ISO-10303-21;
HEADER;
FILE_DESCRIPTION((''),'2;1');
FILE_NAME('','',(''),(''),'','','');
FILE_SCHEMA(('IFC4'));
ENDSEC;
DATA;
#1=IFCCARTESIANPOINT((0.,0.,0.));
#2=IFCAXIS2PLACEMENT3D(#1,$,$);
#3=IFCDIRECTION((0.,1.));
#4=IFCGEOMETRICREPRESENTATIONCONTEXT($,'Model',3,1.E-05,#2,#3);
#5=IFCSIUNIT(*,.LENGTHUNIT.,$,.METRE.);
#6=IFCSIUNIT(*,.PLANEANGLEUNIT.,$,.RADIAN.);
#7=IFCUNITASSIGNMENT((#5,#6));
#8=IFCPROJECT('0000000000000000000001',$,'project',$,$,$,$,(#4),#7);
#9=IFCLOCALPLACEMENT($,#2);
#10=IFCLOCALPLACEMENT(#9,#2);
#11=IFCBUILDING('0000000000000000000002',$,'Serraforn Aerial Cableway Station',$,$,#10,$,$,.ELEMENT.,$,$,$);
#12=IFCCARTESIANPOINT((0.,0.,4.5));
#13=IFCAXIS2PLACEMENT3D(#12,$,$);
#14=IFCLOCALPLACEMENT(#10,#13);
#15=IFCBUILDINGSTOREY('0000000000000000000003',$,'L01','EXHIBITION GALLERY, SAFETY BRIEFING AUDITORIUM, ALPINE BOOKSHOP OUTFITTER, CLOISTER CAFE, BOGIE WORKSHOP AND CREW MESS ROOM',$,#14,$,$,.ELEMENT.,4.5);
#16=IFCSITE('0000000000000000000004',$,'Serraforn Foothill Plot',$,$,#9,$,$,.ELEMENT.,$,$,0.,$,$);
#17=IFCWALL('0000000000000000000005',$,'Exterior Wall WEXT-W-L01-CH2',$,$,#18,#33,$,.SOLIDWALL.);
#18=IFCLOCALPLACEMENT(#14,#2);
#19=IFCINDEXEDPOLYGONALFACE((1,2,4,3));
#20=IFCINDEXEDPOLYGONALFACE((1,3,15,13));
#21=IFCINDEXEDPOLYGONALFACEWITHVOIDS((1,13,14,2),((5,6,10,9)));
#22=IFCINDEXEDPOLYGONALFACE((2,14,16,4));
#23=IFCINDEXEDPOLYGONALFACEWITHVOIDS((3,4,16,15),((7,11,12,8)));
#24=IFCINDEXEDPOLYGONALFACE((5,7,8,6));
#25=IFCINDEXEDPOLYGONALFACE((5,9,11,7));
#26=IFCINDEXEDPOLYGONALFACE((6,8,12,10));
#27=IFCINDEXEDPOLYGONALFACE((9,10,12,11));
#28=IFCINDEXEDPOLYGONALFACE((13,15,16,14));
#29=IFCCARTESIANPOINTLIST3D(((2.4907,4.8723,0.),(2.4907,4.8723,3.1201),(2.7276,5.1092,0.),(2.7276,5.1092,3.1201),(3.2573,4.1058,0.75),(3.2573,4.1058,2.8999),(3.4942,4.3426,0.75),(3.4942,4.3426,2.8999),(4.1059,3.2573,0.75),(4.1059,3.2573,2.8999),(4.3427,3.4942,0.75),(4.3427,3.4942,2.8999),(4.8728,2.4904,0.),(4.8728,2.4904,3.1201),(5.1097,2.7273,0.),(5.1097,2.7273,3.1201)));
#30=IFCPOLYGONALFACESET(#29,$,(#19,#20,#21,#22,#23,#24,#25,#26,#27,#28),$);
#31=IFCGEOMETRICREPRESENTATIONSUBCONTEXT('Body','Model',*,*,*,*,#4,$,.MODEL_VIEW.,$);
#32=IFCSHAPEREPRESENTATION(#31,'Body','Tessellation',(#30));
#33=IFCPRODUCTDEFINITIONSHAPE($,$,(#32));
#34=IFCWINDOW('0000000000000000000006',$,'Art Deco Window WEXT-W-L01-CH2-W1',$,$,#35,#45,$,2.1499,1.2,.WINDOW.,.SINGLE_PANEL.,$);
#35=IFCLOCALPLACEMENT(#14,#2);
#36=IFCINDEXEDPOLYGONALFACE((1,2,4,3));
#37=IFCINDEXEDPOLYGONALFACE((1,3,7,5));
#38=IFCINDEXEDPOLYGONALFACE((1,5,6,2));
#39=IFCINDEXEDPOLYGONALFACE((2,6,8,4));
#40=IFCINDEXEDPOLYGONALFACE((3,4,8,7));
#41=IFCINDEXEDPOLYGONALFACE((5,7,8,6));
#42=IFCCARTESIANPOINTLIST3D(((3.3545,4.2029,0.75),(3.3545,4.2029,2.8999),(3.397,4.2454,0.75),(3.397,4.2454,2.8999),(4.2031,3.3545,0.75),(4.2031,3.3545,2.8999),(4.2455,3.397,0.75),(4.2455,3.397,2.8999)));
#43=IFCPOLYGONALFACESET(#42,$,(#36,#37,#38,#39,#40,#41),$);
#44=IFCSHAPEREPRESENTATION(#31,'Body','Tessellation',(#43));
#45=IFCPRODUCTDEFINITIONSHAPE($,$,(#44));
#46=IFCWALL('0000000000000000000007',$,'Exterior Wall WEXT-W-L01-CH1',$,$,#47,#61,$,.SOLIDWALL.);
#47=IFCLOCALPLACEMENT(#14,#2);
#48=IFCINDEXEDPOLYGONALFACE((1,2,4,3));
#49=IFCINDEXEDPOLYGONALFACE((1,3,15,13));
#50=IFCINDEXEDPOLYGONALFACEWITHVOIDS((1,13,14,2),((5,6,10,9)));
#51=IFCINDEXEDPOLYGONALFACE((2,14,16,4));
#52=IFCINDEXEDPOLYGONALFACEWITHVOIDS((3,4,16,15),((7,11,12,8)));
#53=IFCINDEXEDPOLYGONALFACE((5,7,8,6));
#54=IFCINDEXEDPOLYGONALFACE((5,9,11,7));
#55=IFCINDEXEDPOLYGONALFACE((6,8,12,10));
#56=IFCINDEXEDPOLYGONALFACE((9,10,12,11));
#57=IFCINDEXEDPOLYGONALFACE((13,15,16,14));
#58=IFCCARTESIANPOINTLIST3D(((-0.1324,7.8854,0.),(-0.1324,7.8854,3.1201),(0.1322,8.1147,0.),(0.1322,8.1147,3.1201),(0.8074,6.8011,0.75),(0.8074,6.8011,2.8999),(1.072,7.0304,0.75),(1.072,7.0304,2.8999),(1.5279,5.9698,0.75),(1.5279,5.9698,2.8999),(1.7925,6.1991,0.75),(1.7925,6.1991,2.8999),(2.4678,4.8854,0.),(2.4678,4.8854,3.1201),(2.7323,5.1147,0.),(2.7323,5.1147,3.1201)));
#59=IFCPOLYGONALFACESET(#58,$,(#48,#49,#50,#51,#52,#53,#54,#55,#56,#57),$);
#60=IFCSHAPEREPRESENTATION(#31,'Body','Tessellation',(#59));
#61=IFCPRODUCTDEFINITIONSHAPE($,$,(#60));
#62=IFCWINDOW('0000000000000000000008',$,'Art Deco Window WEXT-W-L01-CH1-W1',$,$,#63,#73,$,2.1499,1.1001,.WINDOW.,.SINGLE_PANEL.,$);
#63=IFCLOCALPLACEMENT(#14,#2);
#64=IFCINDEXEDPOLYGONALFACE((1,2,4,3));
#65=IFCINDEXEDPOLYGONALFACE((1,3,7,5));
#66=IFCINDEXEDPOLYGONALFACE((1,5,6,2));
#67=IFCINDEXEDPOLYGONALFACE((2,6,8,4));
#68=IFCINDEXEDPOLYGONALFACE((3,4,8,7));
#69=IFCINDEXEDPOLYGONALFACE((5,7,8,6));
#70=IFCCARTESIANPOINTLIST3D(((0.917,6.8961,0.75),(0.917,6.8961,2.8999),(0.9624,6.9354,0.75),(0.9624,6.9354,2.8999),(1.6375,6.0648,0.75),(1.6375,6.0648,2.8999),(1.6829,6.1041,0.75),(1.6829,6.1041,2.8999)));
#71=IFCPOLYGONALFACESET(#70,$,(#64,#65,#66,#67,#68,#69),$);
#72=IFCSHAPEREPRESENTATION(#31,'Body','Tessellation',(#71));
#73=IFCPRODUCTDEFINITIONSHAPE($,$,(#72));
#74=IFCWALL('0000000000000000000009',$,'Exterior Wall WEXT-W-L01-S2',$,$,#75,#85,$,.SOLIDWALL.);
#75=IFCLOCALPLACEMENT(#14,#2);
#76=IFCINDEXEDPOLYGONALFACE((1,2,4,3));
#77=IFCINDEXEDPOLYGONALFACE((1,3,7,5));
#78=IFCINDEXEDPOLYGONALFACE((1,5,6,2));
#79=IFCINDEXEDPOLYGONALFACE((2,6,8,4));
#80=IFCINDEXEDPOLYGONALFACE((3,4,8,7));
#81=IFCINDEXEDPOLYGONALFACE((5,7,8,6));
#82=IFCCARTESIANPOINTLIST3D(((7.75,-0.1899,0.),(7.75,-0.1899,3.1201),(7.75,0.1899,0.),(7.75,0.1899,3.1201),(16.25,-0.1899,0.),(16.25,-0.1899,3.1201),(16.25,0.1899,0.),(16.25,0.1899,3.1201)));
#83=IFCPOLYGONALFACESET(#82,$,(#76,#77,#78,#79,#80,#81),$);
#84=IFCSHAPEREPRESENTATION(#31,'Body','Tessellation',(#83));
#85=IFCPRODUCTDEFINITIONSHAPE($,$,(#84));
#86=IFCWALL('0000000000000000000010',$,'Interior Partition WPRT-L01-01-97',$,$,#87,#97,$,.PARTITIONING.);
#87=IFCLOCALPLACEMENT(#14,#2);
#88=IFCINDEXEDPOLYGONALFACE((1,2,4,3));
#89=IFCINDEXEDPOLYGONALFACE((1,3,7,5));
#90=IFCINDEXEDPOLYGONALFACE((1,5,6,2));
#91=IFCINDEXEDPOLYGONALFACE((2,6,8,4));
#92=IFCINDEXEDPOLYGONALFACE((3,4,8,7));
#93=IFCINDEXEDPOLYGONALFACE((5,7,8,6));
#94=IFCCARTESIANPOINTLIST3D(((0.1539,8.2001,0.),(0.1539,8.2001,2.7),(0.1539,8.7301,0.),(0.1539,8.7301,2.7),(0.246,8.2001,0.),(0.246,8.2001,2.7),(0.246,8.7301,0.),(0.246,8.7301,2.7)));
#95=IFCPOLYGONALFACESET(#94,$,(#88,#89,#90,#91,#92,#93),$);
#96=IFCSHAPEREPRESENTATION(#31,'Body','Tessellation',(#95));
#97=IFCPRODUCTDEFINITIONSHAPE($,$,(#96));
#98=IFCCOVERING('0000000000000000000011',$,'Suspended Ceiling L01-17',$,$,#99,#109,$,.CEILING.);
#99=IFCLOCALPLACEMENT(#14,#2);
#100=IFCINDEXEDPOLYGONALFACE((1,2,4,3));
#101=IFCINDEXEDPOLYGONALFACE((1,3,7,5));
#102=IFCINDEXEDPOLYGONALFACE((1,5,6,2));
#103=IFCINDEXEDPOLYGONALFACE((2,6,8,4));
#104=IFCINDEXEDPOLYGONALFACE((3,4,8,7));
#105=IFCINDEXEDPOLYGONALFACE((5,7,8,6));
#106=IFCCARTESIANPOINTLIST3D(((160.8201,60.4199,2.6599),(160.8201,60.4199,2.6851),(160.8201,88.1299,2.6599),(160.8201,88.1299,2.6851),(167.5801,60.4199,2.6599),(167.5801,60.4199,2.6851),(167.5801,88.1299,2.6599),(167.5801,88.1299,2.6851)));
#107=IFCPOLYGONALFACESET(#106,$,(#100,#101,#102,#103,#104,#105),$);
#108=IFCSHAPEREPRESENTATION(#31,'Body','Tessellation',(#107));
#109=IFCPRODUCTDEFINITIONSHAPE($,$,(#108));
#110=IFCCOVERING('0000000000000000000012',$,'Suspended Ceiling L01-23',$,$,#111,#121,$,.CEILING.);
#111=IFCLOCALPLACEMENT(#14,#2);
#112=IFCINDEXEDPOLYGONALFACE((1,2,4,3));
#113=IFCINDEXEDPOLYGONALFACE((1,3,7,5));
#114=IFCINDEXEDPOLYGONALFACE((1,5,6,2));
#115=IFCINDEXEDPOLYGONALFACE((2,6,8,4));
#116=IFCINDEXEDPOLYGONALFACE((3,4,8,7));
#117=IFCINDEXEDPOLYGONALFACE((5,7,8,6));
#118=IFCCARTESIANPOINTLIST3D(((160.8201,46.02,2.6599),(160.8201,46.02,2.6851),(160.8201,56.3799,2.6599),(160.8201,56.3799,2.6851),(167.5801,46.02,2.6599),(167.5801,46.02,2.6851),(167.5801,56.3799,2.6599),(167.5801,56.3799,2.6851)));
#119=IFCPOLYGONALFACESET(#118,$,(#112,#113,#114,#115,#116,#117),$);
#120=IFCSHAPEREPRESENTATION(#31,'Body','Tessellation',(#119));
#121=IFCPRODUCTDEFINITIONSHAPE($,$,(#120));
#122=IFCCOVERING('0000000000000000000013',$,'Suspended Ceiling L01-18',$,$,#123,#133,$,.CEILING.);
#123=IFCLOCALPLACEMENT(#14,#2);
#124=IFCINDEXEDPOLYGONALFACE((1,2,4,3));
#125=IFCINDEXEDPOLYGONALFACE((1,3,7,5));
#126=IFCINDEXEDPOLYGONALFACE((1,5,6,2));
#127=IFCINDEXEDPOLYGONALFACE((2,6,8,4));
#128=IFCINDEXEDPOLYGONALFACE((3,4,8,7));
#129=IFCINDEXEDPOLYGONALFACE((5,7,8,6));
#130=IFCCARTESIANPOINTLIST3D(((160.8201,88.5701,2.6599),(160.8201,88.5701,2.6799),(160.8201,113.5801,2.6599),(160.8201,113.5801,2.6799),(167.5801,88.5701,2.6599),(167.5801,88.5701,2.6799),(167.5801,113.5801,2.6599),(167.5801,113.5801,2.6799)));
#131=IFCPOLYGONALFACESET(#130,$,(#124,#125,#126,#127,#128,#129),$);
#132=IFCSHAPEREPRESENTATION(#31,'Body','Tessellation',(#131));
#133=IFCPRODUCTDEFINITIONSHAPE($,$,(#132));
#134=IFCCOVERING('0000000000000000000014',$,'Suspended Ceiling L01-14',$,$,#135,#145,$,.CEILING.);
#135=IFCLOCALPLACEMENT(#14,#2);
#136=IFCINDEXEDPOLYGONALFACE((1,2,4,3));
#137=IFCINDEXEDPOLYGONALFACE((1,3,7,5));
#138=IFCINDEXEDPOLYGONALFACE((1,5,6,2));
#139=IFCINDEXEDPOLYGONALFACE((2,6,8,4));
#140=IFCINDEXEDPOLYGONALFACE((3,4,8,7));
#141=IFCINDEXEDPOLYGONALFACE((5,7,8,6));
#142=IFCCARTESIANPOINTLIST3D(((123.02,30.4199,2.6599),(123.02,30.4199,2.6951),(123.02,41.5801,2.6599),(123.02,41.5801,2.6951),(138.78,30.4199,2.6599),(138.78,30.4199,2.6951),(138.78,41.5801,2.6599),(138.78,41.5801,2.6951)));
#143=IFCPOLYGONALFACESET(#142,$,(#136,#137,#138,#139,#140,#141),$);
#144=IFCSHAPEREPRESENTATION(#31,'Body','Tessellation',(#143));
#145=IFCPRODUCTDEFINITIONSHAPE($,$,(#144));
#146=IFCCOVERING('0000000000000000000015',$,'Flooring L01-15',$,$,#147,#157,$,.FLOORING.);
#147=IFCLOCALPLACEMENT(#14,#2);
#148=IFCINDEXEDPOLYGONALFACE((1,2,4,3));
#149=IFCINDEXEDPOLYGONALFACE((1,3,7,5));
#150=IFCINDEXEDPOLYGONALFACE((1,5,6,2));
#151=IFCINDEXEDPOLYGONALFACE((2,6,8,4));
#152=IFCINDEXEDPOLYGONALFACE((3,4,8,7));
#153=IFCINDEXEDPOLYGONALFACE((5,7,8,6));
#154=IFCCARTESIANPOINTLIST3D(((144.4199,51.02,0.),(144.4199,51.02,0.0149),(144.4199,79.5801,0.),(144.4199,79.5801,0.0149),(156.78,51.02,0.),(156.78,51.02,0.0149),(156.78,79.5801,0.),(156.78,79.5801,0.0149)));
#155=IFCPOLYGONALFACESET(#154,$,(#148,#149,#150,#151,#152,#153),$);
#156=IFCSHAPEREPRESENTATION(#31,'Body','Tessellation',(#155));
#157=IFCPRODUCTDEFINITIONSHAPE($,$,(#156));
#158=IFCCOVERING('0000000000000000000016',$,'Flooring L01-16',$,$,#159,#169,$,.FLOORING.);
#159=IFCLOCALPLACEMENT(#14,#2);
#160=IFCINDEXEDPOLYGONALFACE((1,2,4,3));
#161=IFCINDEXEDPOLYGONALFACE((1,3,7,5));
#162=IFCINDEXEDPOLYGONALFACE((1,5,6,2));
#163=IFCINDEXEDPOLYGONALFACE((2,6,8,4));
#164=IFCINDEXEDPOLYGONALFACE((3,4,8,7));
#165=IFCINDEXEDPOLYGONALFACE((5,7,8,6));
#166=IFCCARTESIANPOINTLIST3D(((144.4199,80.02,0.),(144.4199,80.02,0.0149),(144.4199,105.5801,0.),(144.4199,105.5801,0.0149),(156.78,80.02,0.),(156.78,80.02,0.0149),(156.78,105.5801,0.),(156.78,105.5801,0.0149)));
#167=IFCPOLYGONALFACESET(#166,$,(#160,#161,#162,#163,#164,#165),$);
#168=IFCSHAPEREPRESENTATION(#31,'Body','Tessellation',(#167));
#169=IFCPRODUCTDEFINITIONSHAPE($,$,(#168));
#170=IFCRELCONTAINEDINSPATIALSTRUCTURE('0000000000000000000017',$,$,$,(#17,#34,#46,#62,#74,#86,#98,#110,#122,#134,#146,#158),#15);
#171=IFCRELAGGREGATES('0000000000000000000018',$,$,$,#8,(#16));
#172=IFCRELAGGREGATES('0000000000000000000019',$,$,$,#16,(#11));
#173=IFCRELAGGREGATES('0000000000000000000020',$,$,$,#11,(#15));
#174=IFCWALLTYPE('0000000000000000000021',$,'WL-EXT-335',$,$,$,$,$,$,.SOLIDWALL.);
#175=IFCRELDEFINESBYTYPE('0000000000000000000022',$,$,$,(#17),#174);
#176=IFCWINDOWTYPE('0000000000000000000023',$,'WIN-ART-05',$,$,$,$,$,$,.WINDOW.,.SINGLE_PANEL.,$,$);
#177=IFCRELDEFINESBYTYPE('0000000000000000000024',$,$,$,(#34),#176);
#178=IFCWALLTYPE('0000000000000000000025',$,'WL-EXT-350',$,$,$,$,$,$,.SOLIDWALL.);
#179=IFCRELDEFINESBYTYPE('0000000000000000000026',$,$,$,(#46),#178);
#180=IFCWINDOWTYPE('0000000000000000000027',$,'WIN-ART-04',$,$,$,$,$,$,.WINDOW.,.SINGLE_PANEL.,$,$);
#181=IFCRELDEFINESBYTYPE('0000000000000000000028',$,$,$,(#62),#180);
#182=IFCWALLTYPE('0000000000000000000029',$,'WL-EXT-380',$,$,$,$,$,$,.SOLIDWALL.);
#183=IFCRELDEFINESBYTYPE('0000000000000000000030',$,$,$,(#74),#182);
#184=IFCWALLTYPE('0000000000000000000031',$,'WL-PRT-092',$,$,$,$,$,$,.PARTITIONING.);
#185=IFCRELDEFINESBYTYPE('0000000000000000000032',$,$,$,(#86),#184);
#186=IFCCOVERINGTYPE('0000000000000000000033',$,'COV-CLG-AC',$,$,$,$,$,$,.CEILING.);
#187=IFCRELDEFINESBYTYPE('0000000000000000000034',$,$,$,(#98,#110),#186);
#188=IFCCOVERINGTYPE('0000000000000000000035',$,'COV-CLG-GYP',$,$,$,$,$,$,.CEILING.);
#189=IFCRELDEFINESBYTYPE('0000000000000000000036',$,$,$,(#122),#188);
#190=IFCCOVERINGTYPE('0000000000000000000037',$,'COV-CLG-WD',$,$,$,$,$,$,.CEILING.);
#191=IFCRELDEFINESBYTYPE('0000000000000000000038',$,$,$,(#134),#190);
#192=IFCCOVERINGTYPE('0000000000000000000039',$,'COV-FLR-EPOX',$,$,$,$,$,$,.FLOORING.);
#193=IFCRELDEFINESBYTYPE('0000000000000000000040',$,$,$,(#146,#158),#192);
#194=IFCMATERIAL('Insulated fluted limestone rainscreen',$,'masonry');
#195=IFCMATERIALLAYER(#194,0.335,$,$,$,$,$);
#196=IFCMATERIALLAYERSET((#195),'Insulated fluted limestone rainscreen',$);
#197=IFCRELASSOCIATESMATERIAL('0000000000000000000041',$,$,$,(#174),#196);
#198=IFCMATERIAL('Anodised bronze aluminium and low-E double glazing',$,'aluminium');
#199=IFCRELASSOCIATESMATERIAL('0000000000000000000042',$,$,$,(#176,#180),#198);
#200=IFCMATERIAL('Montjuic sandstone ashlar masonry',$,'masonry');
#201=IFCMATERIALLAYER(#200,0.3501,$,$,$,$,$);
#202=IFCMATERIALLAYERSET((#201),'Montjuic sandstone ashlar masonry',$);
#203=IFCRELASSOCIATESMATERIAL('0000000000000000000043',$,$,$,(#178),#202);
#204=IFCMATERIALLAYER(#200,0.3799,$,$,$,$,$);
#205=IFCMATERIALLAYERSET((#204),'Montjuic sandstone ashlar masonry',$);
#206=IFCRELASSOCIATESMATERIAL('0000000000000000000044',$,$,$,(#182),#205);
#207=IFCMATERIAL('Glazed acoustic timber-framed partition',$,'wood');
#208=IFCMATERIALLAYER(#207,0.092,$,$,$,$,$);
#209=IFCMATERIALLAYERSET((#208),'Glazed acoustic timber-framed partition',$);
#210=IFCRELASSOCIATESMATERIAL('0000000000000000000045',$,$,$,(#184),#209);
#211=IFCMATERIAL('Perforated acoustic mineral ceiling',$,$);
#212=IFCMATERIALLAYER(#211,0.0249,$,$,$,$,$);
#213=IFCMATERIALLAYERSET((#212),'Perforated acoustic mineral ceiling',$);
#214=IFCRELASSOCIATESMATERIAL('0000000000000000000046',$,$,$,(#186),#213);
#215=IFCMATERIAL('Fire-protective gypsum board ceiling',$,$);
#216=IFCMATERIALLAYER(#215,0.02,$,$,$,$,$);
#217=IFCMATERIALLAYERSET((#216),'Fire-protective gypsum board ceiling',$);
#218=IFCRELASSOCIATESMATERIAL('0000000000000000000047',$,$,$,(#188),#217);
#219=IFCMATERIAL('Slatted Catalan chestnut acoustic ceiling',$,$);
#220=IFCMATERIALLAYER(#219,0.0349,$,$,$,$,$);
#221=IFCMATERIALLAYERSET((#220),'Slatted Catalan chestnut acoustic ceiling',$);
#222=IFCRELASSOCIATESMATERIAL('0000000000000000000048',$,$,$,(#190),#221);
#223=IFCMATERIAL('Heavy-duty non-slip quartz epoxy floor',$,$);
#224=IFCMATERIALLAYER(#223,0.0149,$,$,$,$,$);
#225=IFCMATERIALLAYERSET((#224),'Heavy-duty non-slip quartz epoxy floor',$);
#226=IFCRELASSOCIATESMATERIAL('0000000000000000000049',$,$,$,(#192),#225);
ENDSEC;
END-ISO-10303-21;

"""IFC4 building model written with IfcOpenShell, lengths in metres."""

from ifc_helpers import new_model, si_unit, direction, frame, frame_2d, origin, place, context, subcontext, project, spatial, polyline, rectangle, outline, extrude, material, layer, layer_set, type_object, element, fill, save


model = new_model("IFC4")

# Units and contexts
model_context = context("Model", 3, precision=1e-05, world=origin(), true_north=direction((0.0, 1.0)))
body_context = subcontext(model_context, "Body", "Model", "MODEL_VIEW")
ifc_project = project(units=[si_unit("LENGTHUNIT", "METRE"), si_unit("PLANEANGLEUNIT", "RADIAN")], contexts=[model_context])

# Site, building, storey
site_placement = place(None, origin())
site = spatial("IfcSite", under=ifc_project, at=site_placement, Name="Serraforn Foothill Plot", CompositionType="ELEMENT", RefElevation=0.0)
building_placement = place(site_placement, origin())
building = spatial("IfcBuilding", under=site, at=building_placement, Name="Serraforn Aerial Cableway Station", CompositionType="ELEMENT")
storey_placement = place(building_placement, frame((0.0, 0.0, 4.5)))
storey = spatial("IfcBuildingStorey", under=building, at=storey_placement, Name="L01", Description="EXHIBITION GALLERY, SAFETY BRIEFING AUDITORIUM, ALPINE BOOKSHOP OUTFITTER, CLOISTER CAFE, BOGIE WORKSHOP AND CREW MESS ROOM", CompositionType="ELEMENT", Elevation=4.5)

# Walls, openings, windows
ifc_material_1 = material(Name="Insulated fluted limestone rainscreen", Category="masonry")
ifc_material_2 = material(Name="Anodised bronze aluminium and low-E double glazing", Category="aluminium")
ifc_layer_1 = layer(ifc_material_1, 0.335)
ifc_layer_set_1 = layer_set([ifc_layer_1], Name="Insulated fluted limestone rainscreen")
wall_type_1 = type_object("IfcWallType", Name="WL-EXT-335", PredefinedType="SOLIDWALL", material=ifc_layer_set_1)
wall_1_placement = place(storey_placement, frame((2.6091, 4.9907, 0.0), z_axis=(0.0, 0.0, 1.0), x_axis=(0.707143, -0.707071, 0.0)))
wall_1 = element("IfcWall", 1, at=wall_1_placement, inside=storey, type_object=wall_type_1, Name="Exterior Wall WEXT-W-L01-CH2", PredefinedType="SOLIDWALL", context=body_context, shape_type="SweptSolid", body=[
    extrude(rectangle(XDim=3.3687, YDim=0.335, at=frame_2d((1.6843, 0.0))), origin(), (0.0, 0.0, 1.0), 3.1201),
])
opening_1_placement = place(wall_1_placement, frame((1.084, 0.0, 0.75)))
opening_1 = element("IfcOpeningElement", 2, at=opening_1_placement, cuts=wall_1, PredefinedType="OPENING", context=body_context, shape_type="SweptSolid", body=[
    extrude(rectangle(XDim=1.2, YDim=2.1499, at=frame_2d((0.6001, 1.075))), frame((0.0, 0.1775, 0.0), z_axis=(0.0, -1.0, 0.0), x_axis=(1.0, 0.0, 0.0)), (0.0, 0.0, 1.0), 0.355),
])
window_type_1 = type_object("IfcWindowType", Name="WIN-ART-05", PartitioningType="SINGLE_PANEL", PredefinedType="WINDOW", material=ifc_material_2)
window_1_placement = place(opening_1_placement, origin())
window_1 = element("IfcWindow", 3, at=window_1_placement, inside=storey, type_object=window_type_1, Name="Art Deco Window WEXT-W-L01-CH2-W1", OverallHeight=2.1499, OverallWidth=1.2, PartitioningType="SINGLE_PANEL", PredefinedType="WINDOW", context=body_context, shape_type="SweptSolid", body=[
    extrude(rectangle(XDim=1.2, YDim=2.1499, at=frame_2d((0.6001, 1.075))), frame((0.0, 0.03, 0.0), z_axis=(0.0, -1.0, 0.0), x_axis=(1.0, 0.0, 0.0)), (0.0, 0.0, 1.0), 0.0601),
])
fill(opening_1, window_1)
ifc_material_3 = material(Name="Montjuic sandstone ashlar masonry", Category="masonry")
ifc_layer_2 = layer(ifc_material_3, 0.3501)
ifc_layer_set_2 = layer_set([ifc_layer_2], Name="Montjuic sandstone ashlar masonry")
wall_type_2 = type_object("IfcWallType", Name="WL-EXT-350", PredefinedType="SOLIDWALL", material=ifc_layer_set_2)
wall_2_placement = place(storey_placement, frame((0.0, 8.0, 0.0), z_axis=(0.0, 0.0, 1.0), x_axis=(0.654945, -0.755677, 0.0)))
wall_2 = element("IfcWall", 4, at=wall_2_placement, inside=storey, type_object=wall_type_2, Name="Exterior Wall WEXT-W-L01-CH1", PredefinedType="SOLIDWALL", context=body_context, shape_type="SweptSolid", body=[
    extrude(rectangle(XDim=3.97, YDim=0.3501, at=frame_2d((1.9849, 0.0))), origin(), (0.0, 0.0, 1.0), 3.1201),
])
opening_2_placement = place(wall_2_placement, frame((1.4348, 0.0, 0.75)))
opening_2 = element("IfcOpeningElement", 5, at=opening_2_placement, cuts=wall_2, PredefinedType="OPENING", context=body_context, shape_type="SweptSolid", body=[
    extrude(rectangle(XDim=1.1001, YDim=2.1499, at=frame_2d((0.55, 1.075))), frame((0.0, 0.1851, 0.0), z_axis=(0.0, -1.0, 0.0), x_axis=(1.0, 0.0, 0.0)), (0.0, 0.0, 1.0), 0.3701),
])
window_type_2 = type_object("IfcWindowType", Name="WIN-ART-04", PartitioningType="SINGLE_PANEL", PredefinedType="WINDOW", material=ifc_material_2)
window_2_placement = place(opening_2_placement, origin())
window_2 = element("IfcWindow", 6, at=window_2_placement, inside=storey, type_object=window_type_2, Name="Art Deco Window WEXT-W-L01-CH1-W1", OverallHeight=2.1499, OverallWidth=1.1001, PartitioningType="SINGLE_PANEL", PredefinedType="WINDOW", context=body_context, shape_type="SweptSolid", body=[
    extrude(rectangle(XDim=1.1001, YDim=2.1499, at=frame_2d((0.55, 1.075))), frame((0.0, 0.03, 0.0), z_axis=(0.0, -1.0, 0.0), x_axis=(1.0, 0.0, 0.0)), (0.0, 0.0, 1.0), 0.0601),
])
fill(opening_2, window_2)

# Walls
ifc_layer_3 = layer(ifc_material_3, 0.3799)
ifc_layer_set_3 = layer_set([ifc_layer_3], Name="Montjuic sandstone ashlar masonry")
wall_type_3 = type_object("IfcWallType", Name="WL-EXT-380", PredefinedType="SOLIDWALL", material=ifc_layer_set_3)
wall_3_placement = place(storey_placement, frame((7.75, 0.0, 0.0), z_axis=(0.0, 0.0, 1.0), x_axis=(1.0, 0.0, 0.0)))
element("IfcWall", 7, at=wall_3_placement, inside=storey, type_object=wall_type_3, Name="Exterior Wall WEXT-W-L01-S2", PredefinedType="SOLIDWALL", context=body_context, shape_type="SweptSolid", body=[
    extrude(rectangle(XDim=8.5, YDim=0.3799, at=frame_2d((4.25, 0.0))), origin(), (0.0, 0.0, 1.0), 3.1201),
])
ifc_material_4 = material(Name="Glazed acoustic timber-framed partition", Category="wood")
ifc_layer_4 = layer(ifc_material_4, 0.092)
ifc_layer_set_4 = layer_set([ifc_layer_4], Name="Glazed acoustic timber-framed partition")
wall_type_4 = type_object("IfcWallType", Name="WL-PRT-092", PredefinedType="PARTITIONING", material=ifc_layer_set_4)
wall_4_placement = place(storey_placement, frame((0.2, 8.2, 0.0), z_axis=(0.0, 0.0, 1.0), x_axis=(0.0, 1.0, 0.0)))
element("IfcWall", 8, at=wall_4_placement, inside=storey, type_object=wall_type_4, Name="Interior Partition WPRT-L01-01-97", PredefinedType="PARTITIONING", context=body_context, shape_type="SweptSolid", body=[
    extrude(rectangle(XDim=0.53, YDim=0.092, at=frame_2d((0.2651, 0.0))), origin(), (0.0, 0.0, 1.0), 2.7),
])

# Coverings
ifc_material_5 = material(Name="Perforated acoustic mineral ceiling")
ifc_layer_5 = layer(ifc_material_5, 0.0249)
ifc_layer_set_5 = layer_set([ifc_layer_5], Name="Perforated acoustic mineral ceiling")
covering_type_1 = type_object("IfcCoveringType", Name="COV-CLG-AC", PredefinedType="CEILING", material=ifc_layer_set_5)
covering_1_placement = place(storey_placement, frame((0.0, 0.0, 2.6599)))
element("IfcCovering", 9, at=covering_1_placement, inside=storey, type_object=covering_type_1, Name="Suspended Ceiling L01-17", PredefinedType="CEILING", context=body_context, shape_type="SweptSolid", body=[
    extrude(outline(polyline([(160.8201, 60.4199), (160.8201, 88.1299), (167.5801, 88.1299), (167.5801, 60.4199), (160.8201, 60.4199)])), origin(), (0.0, 0.0, 1.0), 0.0251),
])
covering_2_placement = place(storey_placement, frame((0.0, 0.0, 2.6599)))
element("IfcCovering", 10, at=covering_2_placement, inside=storey, type_object=covering_type_1, Name="Suspended Ceiling L01-23", PredefinedType="CEILING", context=body_context, shape_type="SweptSolid", body=[
    extrude(outline(polyline([(160.8201, 46.02), (160.8201, 56.3799), (167.5801, 56.3799), (167.5801, 46.02), (160.8201, 46.02)])), origin(), (0.0, 0.0, 1.0), 0.0251),
])
ifc_material_6 = material(Name="Fire-protective gypsum board ceiling")
ifc_layer_6 = layer(ifc_material_6, 0.02)
ifc_layer_set_6 = layer_set([ifc_layer_6], Name="Fire-protective gypsum board ceiling")
covering_type_2 = type_object("IfcCoveringType", Name="COV-CLG-GYP", PredefinedType="CEILING", material=ifc_layer_set_6)
covering_3_placement = place(storey_placement, frame((0.0, 0.0, 2.6599)))
element("IfcCovering", 11, at=covering_3_placement, inside=storey, type_object=covering_type_2, Name="Suspended Ceiling L01-18", PredefinedType="CEILING", context=body_context, shape_type="SweptSolid", body=[
    extrude(outline(polyline([(160.8201, 88.5701), (160.8201, 113.5801), (167.5801, 113.5801), (167.5801, 88.5701), (160.8201, 88.5701)])), origin(), (0.0, 0.0, 1.0), 0.02),
])
ifc_material_7 = material(Name="Slatted Catalan chestnut acoustic ceiling")
ifc_layer_7 = layer(ifc_material_7, 0.0349)
ifc_layer_set_7 = layer_set([ifc_layer_7], Name="Slatted Catalan chestnut acoustic ceiling")
covering_type_3 = type_object("IfcCoveringType", Name="COV-CLG-WD", PredefinedType="CEILING", material=ifc_layer_set_7)
covering_4_placement = place(storey_placement, frame((0.0, 0.0, 2.6599)))
element("IfcCovering", 12, at=covering_4_placement, inside=storey, type_object=covering_type_3, Name="Suspended Ceiling L01-14", PredefinedType="CEILING", context=body_context, shape_type="SweptSolid", body=[
    extrude(outline(polyline([(123.02, 30.4199), (123.02, 41.5801), (138.78, 41.5801), (138.78, 30.4199), (123.02, 30.4199)])), origin(), (0.0, 0.0, 1.0), 0.0352),
])
ifc_material_8 = material(Name="Heavy-duty non-slip quartz epoxy floor")
ifc_layer_8 = layer(ifc_material_8, 0.0149)
ifc_layer_set_8 = layer_set([ifc_layer_8], Name="Heavy-duty non-slip quartz epoxy floor")
covering_type_4 = type_object("IfcCoveringType", Name="COV-FLR-EPOX", PredefinedType="FLOORING", material=ifc_layer_set_8)
covering_5_placement = place(storey_placement, origin())
element("IfcCovering", 13, at=covering_5_placement, inside=storey, type_object=covering_type_4, Name="Flooring L01-15", PredefinedType="FLOORING", context=body_context, shape_type="SweptSolid", body=[
    extrude(outline(polyline([(144.4199, 51.02), (144.4199, 79.5801), (156.78, 79.5801), (156.78, 51.02), (144.4199, 51.02)])), origin(), (0.0, 0.0, 1.0), 0.0149),
])
covering_6_placement = place(storey_placement, origin())
element("IfcCovering", 14, at=covering_6_placement, inside=storey, type_object=covering_type_4, Name="Flooring L01-16", PredefinedType="FLOORING", context=body_context, shape_type="SweptSolid", body=[
    extrude(outline(polyline([(144.4199, 80.02), (144.4199, 105.5801), (156.78, 105.5801), (156.78, 80.02), (144.4199, 80.02)])), origin(), (0.0, 0.0, 1.0), 0.0149),
])

save(model, "model.ifc")
